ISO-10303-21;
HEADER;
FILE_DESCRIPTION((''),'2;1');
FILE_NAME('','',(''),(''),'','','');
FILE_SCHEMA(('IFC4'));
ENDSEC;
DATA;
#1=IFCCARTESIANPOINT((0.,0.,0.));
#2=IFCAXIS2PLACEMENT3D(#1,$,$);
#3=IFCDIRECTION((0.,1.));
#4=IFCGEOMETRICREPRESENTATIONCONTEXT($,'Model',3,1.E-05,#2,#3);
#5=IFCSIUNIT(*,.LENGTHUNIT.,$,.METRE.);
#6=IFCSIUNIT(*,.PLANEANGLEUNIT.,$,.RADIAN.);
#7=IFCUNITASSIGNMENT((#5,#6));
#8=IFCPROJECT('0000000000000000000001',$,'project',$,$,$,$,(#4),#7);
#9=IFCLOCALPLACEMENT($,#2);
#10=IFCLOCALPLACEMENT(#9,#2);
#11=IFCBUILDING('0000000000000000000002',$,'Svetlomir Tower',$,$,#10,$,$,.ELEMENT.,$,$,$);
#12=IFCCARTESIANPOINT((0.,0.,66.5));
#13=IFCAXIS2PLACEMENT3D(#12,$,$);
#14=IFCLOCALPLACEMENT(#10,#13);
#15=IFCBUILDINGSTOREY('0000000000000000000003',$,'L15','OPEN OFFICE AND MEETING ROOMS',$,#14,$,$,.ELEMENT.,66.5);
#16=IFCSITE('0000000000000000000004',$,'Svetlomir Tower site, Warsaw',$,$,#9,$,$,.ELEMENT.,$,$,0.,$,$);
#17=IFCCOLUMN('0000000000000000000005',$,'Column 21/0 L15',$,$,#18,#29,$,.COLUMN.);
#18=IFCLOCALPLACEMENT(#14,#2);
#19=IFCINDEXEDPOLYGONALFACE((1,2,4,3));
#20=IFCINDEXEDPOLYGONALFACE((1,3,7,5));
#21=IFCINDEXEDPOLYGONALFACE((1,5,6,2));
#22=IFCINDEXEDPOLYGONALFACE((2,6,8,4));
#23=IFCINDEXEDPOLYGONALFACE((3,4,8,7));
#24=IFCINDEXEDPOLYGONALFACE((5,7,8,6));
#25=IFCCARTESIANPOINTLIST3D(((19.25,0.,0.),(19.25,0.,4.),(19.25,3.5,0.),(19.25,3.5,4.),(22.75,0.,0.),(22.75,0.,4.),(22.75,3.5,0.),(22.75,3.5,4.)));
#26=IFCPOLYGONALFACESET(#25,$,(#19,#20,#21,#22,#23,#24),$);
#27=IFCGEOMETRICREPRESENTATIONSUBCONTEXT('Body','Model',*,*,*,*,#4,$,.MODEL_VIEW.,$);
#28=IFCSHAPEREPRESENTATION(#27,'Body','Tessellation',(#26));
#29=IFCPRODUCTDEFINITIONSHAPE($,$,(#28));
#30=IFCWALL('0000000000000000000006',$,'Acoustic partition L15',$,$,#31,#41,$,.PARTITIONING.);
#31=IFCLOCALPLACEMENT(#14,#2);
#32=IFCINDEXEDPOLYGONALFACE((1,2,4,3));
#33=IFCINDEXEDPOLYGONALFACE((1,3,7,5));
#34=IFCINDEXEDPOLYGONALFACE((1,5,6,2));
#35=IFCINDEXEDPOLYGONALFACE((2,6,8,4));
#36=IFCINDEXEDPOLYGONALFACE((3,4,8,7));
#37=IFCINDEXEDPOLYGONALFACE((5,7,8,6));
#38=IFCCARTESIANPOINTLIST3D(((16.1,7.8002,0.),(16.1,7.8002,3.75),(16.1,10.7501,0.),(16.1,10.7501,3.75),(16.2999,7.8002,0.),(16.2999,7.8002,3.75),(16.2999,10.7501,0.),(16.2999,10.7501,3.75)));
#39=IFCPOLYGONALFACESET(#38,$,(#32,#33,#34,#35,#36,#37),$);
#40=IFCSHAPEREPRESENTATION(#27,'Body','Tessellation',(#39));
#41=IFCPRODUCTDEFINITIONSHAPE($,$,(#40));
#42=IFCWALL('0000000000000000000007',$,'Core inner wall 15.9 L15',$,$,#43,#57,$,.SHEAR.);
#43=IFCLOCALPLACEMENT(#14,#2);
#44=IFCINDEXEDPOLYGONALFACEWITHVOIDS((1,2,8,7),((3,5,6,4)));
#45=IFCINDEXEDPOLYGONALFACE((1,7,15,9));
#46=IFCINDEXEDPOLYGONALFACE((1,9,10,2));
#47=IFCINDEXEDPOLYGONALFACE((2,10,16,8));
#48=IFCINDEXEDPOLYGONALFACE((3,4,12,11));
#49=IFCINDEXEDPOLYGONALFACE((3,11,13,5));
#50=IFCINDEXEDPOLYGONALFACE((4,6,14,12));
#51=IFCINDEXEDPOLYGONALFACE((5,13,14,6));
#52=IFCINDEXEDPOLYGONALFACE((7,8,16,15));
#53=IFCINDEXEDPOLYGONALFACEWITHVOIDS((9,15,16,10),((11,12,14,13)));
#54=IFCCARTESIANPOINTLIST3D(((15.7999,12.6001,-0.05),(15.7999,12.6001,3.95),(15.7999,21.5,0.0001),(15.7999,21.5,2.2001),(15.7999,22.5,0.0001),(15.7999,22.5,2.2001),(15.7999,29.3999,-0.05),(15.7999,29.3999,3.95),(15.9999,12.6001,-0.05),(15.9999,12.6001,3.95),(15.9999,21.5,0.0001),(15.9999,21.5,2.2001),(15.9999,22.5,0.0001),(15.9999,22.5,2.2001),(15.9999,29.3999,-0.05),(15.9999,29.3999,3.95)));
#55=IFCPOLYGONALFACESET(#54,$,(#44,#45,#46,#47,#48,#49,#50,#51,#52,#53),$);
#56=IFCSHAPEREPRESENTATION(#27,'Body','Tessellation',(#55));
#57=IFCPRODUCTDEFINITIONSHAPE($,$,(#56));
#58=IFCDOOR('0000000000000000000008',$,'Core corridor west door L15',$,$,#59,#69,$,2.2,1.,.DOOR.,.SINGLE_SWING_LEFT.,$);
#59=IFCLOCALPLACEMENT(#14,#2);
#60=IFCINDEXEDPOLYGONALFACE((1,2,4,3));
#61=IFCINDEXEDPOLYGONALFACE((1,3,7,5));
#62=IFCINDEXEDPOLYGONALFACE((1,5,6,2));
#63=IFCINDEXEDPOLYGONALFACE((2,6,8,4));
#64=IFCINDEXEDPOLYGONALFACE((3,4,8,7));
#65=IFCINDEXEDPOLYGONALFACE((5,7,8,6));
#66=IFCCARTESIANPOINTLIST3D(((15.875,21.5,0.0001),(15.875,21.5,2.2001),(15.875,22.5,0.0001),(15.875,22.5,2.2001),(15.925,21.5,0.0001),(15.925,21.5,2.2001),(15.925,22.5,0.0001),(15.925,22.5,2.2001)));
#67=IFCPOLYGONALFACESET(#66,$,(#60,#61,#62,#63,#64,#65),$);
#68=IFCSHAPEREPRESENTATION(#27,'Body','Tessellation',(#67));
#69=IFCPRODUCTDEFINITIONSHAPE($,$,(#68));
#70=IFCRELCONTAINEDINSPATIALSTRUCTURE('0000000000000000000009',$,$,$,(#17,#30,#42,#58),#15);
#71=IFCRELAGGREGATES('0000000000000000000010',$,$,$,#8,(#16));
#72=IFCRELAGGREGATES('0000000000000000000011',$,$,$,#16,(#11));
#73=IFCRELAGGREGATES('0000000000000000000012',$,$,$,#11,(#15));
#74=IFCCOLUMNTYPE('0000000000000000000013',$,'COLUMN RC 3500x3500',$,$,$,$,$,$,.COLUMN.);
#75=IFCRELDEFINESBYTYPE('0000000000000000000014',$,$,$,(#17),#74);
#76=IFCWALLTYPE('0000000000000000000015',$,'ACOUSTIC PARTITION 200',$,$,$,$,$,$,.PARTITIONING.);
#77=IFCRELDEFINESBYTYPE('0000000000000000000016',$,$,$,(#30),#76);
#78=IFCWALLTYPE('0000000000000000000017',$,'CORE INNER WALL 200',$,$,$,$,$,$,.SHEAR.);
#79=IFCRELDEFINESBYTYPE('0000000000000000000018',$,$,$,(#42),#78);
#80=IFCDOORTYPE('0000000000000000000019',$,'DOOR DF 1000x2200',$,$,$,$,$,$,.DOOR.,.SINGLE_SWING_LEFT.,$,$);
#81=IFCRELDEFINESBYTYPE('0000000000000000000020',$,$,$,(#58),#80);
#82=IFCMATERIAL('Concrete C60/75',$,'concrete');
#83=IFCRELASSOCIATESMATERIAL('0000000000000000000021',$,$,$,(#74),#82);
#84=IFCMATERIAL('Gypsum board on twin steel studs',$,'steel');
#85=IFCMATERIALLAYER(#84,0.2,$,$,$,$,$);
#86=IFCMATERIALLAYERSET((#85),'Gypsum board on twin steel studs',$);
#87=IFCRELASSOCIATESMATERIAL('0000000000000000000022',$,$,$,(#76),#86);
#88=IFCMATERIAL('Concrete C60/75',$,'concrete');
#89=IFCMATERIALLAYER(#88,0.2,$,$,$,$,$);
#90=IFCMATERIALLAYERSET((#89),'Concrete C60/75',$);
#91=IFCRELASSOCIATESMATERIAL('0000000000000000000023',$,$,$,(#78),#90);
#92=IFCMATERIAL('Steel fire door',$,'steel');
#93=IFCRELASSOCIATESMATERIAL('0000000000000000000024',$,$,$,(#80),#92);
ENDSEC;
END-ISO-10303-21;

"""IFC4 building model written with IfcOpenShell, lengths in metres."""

from ifc_helpers import new_model, si_unit, direction, frame, frame_2d, origin, origin_2d, place, context, subcontext, project, spatial, rectangle, extrude, material, layer, layer_set, material_profile, profile_set, type_object, element, fill, save


model = new_model("IFC4")

# Units and contexts
model_context = context("Model", 3, precision=1e-05, world=origin(), true_north=direction((0.0, 1.0)))
body_context = subcontext(model_context, "Body", "Model", "MODEL_VIEW")
ifc_project = project(units=[si_unit("LENGTHUNIT", "METRE"), si_unit("PLANEANGLEUNIT", "RADIAN")], contexts=[model_context])

# Site, building, storey
site_placement = place(None, origin())
site = spatial("IfcSite", under=ifc_project, at=site_placement, Name="Svetlomir Tower site, Warsaw", CompositionType="ELEMENT", RefElevation=0.0)
building_placement = place(site_placement, origin())
building = spatial("IfcBuilding", under=site, at=building_placement, Name="Svetlomir Tower", CompositionType="ELEMENT")
storey_placement = place(building_placement, frame((0.0, 0.0, 66.5)))
storey = spatial("IfcBuildingStorey", under=building, at=storey_placement, Name="L15", Description="OPEN OFFICE AND MEETING ROOMS", CompositionType="ELEMENT", Elevation=66.5)

# Column
ifc_material_1 = material(Name="Concrete C60/75", Category="concrete")
ifc_material_profile = material_profile(ifc_material_1, rectangle(XDim=3.5, YDim=3.5, at=origin_2d()), Name="RC 3500x3500")
ifc_profile_set = profile_set([ifc_material_profile], Name="Concrete C60/75")
column_type = type_object("IfcColumnType", Name="COLUMN RC 3500x3500", PredefinedType="COLUMN", material=ifc_profile_set)
column_placement = place(storey_placement, frame((21.0, 1.75, 0.0), z_axis=(0.0, 0.0, 1.0), x_axis=(1.0, 0.0, 0.0)))
element("IfcColumn", 1, at=column_placement, inside=storey, type_object=column_type, Name="Column 21/0 L15", PredefinedType="COLUMN", context=body_context, shape_type="SweptSolid", body=[
    extrude(rectangle(XDim=3.5, YDim=3.5, at=origin_2d()), origin(), (0.0, 0.0, 1.0), 4.0),
])

# Wall
ifc_material_2 = material(Name="Gypsum board on twin steel studs", Category="steel")
ifc_layer_1 = layer(ifc_material_2, 0.2)
ifc_layer_set_1 = layer_set([ifc_layer_1], Name="Gypsum board on twin steel studs")
wall_type_1 = type_object("IfcWallType", Name="ACOUSTIC PARTITION 200", PredefinedType="PARTITIONING", material=ifc_layer_set_1)
wall_1_placement = place(storey_placement, frame((16.2, 7.8, 0.0), z_axis=(0.0, 0.0, 1.0), x_axis=(0.0, 1.0, 0.0)))
element("IfcWall", 2, at=wall_1_placement, inside=storey, type_object=wall_type_1, Name="Acoustic partition L15", PredefinedType="PARTITIONING", context=body_context, shape_type="SweptSolid", body=[
    extrude(rectangle(XDim=2.95, YDim=0.2, at=frame_2d((1.4751, 0.0))), origin(), (0.0, 0.0, 1.0), 3.75),
])

# Wall, opening, door
ifc_material_3 = material(Name="Concrete C60/75", Category="concrete")
ifc_layer_2 = layer(ifc_material_3, 0.2)
ifc_layer_set_2 = layer_set([ifc_layer_2], Name="Concrete C60/75")
wall_type_2 = type_object("IfcWallType", Name="CORE INNER WALL 200", PredefinedType="SHEAR", material=ifc_layer_set_2)
wall_2_placement = place(storey_placement, frame((15.8999, 12.6001, -0.05), z_axis=(0.0, 0.0, 1.0), x_axis=(0.0, 1.0, 0.0)))
wall_2 = element("IfcWall", 3, at=wall_2_placement, inside=storey, type_object=wall_type_2, Name="Core inner wall 15.9 L15", PredefinedType="SHEAR", context=body_context, shape_type="SweptSolid", body=[
    extrude(rectangle(XDim=16.7998, YDim=0.2, at=frame_2d((8.3999, 0.0))), origin(), (0.0, 0.0, 1.0), 4.0),
])
opening_1_placement = place(wall_2_placement, frame((8.8999, 0.0, 0.05)))
opening_1 = element("IfcOpeningElement", 4, at=opening_1_placement, cuts=wall_2, PredefinedType="OPENING", context=body_context, shape_type="SweptSolid", body=[
    extrude(rectangle(XDim=1.0, YDim=2.2, at=frame_2d((0.5, 1.1001))), frame((0.0, 0.1099, 0.0), z_axis=(0.0, -1.0, 0.0), x_axis=(1.0, 0.0, 0.0)), (0.0, 0.0, 1.0), 0.22),
])
ifc_material_4 = material(Name="Steel fire door", Category="steel")
door_type_1 = type_object("IfcDoorType", Name="DOOR DF 1000x2200", OperationType="SINGLE_SWING_LEFT", PredefinedType="DOOR", material=ifc_material_4)
door_1_placement = place(opening_1_placement, origin())
door_1 = element("IfcDoor", 5, at=door_1_placement, inside=storey, type_object=door_type_1, Name="Core corridor west door L15", OperationType="SINGLE_SWING_LEFT", OverallHeight=2.2, OverallWidth=1.0, PredefinedType="DOOR", context=body_context, shape_type="SweptSolid", body=[
    extrude(rectangle(XDim=1.0, YDim=2.2, at=frame_2d((0.5, 1.1001))), frame((0.0, 0.0249, 0.0), z_axis=(0.0, -1.0, 0.0), x_axis=(1.0, 0.0, 0.0)), (0.0, 0.0, 1.0), 0.05),
])
fill(opening_1, door_1)

save(model, "model.ifc")
